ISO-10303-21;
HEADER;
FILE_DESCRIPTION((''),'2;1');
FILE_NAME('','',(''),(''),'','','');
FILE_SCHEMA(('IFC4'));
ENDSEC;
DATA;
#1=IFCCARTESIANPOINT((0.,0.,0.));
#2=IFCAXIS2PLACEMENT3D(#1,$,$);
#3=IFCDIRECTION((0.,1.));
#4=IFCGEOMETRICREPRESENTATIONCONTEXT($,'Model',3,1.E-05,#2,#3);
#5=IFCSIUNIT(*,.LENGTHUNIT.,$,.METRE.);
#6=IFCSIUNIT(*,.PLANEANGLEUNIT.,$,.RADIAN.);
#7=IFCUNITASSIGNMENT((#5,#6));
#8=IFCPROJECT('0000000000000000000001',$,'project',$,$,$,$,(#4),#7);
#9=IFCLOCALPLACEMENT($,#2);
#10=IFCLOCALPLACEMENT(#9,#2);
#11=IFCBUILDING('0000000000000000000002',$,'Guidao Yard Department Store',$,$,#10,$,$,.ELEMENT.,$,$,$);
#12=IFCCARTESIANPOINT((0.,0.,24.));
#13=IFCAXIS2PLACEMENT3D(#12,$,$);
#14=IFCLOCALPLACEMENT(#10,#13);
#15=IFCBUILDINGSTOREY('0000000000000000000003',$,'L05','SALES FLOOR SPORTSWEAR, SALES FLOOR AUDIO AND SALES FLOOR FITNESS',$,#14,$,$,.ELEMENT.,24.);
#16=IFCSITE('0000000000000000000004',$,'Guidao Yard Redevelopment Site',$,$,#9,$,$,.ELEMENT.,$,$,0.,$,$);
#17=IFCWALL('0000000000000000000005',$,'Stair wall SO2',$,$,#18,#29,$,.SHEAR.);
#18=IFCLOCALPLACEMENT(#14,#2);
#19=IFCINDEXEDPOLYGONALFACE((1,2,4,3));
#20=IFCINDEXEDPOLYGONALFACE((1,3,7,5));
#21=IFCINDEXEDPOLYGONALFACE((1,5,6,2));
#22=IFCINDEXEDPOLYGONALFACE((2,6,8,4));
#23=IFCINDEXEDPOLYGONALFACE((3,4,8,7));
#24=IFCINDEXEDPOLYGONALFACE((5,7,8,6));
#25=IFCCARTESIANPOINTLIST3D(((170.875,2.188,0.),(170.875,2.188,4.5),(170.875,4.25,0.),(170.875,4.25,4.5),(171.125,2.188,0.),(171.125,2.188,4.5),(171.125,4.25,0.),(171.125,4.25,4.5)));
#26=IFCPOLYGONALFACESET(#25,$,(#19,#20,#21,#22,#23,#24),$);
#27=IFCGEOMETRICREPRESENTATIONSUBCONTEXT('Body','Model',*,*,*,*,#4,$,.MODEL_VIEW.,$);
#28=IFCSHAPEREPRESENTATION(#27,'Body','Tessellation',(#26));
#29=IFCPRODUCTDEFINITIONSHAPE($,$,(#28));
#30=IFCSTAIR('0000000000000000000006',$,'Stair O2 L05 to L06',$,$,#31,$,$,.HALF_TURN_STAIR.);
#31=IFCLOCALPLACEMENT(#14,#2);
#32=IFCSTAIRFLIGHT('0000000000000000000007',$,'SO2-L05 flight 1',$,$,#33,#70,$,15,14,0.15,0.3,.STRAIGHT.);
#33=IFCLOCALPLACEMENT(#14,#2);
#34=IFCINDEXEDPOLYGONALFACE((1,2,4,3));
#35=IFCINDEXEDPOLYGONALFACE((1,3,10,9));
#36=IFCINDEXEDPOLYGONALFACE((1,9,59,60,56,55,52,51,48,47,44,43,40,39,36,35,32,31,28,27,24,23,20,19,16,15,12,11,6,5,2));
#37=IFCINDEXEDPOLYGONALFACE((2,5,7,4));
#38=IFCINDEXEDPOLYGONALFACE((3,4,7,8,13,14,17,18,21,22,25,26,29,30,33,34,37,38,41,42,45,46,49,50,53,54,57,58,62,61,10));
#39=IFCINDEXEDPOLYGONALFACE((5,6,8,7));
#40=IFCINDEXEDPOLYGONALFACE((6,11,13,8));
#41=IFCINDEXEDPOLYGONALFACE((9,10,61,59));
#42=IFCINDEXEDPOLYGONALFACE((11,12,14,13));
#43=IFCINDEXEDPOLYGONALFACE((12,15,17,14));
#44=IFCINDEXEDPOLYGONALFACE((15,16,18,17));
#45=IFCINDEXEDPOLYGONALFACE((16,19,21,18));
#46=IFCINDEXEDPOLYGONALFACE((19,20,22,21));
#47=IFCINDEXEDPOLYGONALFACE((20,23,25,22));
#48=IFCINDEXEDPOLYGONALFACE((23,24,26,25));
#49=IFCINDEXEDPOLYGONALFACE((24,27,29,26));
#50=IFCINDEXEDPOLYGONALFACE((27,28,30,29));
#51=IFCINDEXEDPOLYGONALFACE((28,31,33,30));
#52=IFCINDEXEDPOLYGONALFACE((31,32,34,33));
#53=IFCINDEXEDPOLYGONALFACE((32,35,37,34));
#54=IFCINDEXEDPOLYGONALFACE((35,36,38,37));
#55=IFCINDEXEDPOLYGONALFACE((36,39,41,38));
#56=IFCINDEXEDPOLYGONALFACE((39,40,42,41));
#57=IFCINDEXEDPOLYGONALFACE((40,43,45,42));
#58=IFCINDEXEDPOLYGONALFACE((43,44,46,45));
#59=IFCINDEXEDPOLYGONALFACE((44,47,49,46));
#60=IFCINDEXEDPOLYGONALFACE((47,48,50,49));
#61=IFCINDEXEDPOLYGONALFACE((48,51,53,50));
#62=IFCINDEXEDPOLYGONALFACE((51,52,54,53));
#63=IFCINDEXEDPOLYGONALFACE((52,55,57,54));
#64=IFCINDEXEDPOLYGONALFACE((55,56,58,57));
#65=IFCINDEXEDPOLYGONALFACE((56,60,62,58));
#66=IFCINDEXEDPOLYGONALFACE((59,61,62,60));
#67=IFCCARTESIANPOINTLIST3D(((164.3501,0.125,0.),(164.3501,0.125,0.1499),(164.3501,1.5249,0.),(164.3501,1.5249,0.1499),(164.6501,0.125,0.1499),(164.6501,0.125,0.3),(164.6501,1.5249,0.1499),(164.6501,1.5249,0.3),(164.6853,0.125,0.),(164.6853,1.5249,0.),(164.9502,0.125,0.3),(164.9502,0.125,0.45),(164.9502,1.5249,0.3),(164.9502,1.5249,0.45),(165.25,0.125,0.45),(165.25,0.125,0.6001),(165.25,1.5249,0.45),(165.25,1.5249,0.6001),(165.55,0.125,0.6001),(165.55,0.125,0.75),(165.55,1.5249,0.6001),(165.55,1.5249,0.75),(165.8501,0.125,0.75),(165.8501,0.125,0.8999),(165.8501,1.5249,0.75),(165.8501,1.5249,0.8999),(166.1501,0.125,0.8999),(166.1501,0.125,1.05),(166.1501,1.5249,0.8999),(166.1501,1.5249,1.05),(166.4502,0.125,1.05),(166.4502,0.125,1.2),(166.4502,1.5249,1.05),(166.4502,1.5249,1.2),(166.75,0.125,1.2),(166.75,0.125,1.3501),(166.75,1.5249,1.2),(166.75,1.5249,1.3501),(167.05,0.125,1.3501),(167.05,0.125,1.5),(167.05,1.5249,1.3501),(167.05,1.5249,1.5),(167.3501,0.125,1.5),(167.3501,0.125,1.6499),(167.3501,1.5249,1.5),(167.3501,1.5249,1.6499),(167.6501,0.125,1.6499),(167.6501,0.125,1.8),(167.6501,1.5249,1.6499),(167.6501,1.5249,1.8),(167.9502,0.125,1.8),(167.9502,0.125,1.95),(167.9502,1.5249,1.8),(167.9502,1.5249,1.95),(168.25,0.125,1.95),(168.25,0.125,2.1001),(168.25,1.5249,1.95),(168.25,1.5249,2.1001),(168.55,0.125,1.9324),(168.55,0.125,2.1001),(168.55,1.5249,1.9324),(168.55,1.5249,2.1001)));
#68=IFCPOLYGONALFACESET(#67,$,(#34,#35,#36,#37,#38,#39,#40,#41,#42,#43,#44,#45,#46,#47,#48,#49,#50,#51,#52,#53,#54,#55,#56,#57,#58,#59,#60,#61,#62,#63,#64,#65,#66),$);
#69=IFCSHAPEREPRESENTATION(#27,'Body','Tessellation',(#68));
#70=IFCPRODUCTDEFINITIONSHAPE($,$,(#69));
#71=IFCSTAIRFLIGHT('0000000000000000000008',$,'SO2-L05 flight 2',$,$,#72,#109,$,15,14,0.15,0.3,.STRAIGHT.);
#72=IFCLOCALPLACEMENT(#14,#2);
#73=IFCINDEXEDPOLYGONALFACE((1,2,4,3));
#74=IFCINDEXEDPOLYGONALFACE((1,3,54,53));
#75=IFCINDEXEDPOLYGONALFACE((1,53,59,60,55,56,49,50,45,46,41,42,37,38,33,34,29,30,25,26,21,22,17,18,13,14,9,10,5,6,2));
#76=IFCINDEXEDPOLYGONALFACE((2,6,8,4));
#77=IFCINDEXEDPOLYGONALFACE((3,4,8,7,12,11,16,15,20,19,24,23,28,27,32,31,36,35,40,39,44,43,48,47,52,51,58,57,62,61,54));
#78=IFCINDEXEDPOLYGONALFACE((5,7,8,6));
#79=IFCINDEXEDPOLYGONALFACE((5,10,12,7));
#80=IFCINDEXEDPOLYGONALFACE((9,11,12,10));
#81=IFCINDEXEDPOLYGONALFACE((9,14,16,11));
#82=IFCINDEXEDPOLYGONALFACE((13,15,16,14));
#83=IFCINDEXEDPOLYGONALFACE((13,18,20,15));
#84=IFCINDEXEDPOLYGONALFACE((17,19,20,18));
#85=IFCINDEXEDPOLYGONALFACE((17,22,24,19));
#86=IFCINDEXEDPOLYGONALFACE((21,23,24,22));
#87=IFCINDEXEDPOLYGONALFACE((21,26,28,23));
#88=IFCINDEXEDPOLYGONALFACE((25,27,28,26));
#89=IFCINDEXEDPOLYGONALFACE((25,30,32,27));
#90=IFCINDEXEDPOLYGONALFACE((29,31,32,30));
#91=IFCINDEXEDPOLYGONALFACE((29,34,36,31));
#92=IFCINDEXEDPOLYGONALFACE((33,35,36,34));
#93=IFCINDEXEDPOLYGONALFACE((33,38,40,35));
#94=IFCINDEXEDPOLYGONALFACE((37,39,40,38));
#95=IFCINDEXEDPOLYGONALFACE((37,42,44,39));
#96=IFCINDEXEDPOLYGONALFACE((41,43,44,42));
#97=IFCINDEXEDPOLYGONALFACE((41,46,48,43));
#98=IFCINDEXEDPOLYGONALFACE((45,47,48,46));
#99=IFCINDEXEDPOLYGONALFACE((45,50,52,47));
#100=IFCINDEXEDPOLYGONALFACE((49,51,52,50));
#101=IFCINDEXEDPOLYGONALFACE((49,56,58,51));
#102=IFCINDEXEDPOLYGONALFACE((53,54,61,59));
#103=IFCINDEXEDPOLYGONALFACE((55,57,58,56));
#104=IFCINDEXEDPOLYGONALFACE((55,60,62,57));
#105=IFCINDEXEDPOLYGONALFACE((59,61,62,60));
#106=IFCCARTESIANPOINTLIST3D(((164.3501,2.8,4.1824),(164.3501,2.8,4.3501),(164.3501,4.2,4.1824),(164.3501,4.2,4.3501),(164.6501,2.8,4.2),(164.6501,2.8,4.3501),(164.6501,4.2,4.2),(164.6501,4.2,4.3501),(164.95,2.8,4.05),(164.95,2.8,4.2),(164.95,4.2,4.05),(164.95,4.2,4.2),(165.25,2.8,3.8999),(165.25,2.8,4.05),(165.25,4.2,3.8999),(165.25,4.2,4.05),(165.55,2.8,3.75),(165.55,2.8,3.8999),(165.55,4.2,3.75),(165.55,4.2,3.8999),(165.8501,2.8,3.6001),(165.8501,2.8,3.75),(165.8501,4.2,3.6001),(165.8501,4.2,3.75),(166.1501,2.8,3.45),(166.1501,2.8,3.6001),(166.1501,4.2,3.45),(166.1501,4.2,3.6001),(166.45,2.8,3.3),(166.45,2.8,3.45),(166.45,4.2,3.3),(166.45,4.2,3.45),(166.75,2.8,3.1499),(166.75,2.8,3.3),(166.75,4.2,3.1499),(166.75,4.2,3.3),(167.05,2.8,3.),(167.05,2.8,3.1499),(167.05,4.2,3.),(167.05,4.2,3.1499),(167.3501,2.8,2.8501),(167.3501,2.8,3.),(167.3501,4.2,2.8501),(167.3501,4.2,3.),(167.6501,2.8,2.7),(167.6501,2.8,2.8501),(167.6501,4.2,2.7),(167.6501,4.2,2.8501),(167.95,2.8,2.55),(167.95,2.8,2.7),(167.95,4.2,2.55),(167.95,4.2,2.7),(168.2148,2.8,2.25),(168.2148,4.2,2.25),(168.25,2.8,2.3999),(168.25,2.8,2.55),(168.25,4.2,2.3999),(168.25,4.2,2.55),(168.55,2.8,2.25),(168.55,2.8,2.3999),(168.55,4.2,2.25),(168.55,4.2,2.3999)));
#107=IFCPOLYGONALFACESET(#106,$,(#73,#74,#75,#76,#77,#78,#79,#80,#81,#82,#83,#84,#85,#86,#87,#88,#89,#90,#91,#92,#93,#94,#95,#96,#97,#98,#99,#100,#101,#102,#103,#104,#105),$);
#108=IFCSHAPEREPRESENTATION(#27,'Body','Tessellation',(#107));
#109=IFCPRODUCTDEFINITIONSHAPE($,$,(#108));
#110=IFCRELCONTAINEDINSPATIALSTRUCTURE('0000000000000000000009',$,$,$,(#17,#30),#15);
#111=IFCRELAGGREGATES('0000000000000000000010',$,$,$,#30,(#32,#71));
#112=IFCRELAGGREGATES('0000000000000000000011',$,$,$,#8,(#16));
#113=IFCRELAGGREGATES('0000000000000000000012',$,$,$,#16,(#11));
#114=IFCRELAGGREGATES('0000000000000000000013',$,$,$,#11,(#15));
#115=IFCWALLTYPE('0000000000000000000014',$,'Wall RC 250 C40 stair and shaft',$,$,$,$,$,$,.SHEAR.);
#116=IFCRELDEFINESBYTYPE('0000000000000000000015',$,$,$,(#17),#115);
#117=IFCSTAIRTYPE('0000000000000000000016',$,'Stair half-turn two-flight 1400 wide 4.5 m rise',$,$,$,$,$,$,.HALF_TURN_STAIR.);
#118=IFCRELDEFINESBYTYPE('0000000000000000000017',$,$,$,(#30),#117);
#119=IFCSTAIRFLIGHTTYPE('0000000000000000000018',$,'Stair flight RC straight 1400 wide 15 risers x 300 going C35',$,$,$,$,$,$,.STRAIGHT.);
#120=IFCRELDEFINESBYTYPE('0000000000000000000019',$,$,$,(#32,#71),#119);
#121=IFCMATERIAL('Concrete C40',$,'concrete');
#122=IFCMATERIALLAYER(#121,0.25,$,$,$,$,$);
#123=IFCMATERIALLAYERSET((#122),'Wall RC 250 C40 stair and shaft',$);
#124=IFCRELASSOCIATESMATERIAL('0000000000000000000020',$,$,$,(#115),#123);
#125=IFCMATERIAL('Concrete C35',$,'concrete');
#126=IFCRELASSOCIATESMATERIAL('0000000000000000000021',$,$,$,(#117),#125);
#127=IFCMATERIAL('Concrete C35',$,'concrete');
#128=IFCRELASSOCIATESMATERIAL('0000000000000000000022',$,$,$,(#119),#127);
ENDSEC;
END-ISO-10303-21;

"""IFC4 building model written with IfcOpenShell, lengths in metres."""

from ifc_helpers import new_model, si_unit, direction, frame, frame_2d, origin, place, context, subcontext, project, spatial, polyline, rectangle, outline, extrude, material, layer, layer_set, type_object, element, aggregate, save


model = new_model("IFC4")

# Units and contexts
model_context = context("Model", 3, precision=1e-05, world=origin(), true_north=direction((0.0, 1.0)))
body_context = subcontext(model_context, "Body", "Model", "MODEL_VIEW")
ifc_project = project(units=[si_unit("LENGTHUNIT", "METRE"), si_unit("PLANEANGLEUNIT", "RADIAN")], contexts=[model_context])

# Site, building, storey
site_placement = place(None, origin())
site = spatial("IfcSite", under=ifc_project, at=site_placement, Name="Guidao Yard Redevelopment Site", CompositionType="ELEMENT", RefElevation=0.0)
building_placement = place(site_placement, origin())
building = spatial("IfcBuilding", under=site, at=building_placement, Name="Guidao Yard Department Store", CompositionType="ELEMENT")
storey_placement = place(building_placement, frame((0.0, 0.0, 24.0)))
storey = spatial("IfcBuildingStorey", under=building, at=storey_placement, Name="L05", Description="SALES FLOOR SPORTSWEAR, SALES FLOOR AUDIO AND SALES FLOOR FITNESS", CompositionType="ELEMENT", Elevation=24.0)

# Shared definitions
ifc_material_1 = material(Name="Concrete C40", Category="concrete")
ifc_layer_1 = layer(ifc_material_1, 0.25)
ifc_layer_set_1 = layer_set([ifc_layer_1], Name="Wall RC 250 C40 stair and shaft")
wall_type_1 = type_object("IfcWallType", Name="Wall RC 250 C40 stair and shaft", PredefinedType="SHEAR", material=ifc_layer_set_1)

# Wall
wall_1_placement = place(storey_placement, frame((171.0, 2.188, 0.0), z_axis=(0.0, 0.0, 1.0), x_axis=(0.0, 1.0, 0.0)))
element("IfcWall", 1, at=wall_1_placement, inside=storey, type_object=wall_type_1, Name="Stair wall SO2", PredefinedType="SHEAR", context=body_context, shape_type="SweptSolid", body=[
    extrude(rectangle(XDim=2.062, YDim=0.25, at=frame_2d((1.031, 0.0))), origin(), (0.0, 0.0, 1.0), 4.5),
])

# Stair, stair flights
ifc_material_2 = material(Name="Concrete C35", Category="concrete")
stair_type = type_object("IfcStairType", Name="Stair half-turn two-flight 1400 wide 4.5 m rise", PredefinedType="HALF_TURN_STAIR", material=ifc_material_2)
stair_placement = place(storey_placement, origin())
stair = element("IfcStair", 2, at=stair_placement, inside=storey, type_object=stair_type, Name="Stair O2 L05 to L06", PredefinedType="HALF_TURN_STAIR")
ifc_material_3 = material(Name="Concrete C35", Category="concrete")
stair_flight_type = type_object("IfcStairFlightType", Name="Stair flight RC straight 1400 wide 15 risers x 300 going C35", PredefinedType="STRAIGHT", material=ifc_material_3)
stair_flight_1_placement = place(storey_placement, frame((164.3501, 0.825, 0.0), z_axis=(0.0, 0.0, 1.0), x_axis=(1.0, 0.0, 0.0)))
stair_flight_1 = element("IfcStairFlight", 3, at=stair_flight_1_placement, type_object=stair_flight_type, Name="SO2-L05 flight 1", NumberOfRisers=15, NumberOfTreads=14, PredefinedType="STRAIGHT", RiserHeight=0.15, TreadLength=0.3, context=body_context, shape_type="SweptSolid", body=[
    extrude(outline(polyline([(0.0, 0.0), (0.0, 0.1499), (0.3, 0.1499), (0.3, 0.3), (0.6001, 0.3), (0.6001, 0.45), (0.8999, 0.45), (0.8999, 0.6001), (1.2, 0.6001), (1.2, 0.75), (1.5, 0.75), (1.5, 0.8999), (1.8, 0.8999), (1.8, 1.05), (2.1001, 1.05), (2.1001, 1.2), (2.3999, 1.2), (2.3999, 1.3501), (2.7, 1.3501), (2.7, 1.5), (3.0, 1.5), (3.0, 1.6499), (3.3, 1.6499), (3.3, 1.8), (3.6001, 1.8), (3.6001, 1.95), (3.8999, 1.95), (3.8999, 2.1001), (4.2, 2.1001), (4.2, 2.25), (4.2, 1.9324), (0.3352, 0.0), (0.0, 0.0)])), frame((0.0, 0.7, 0.0), z_axis=(0.0, -1.0, 0.0), x_axis=(1.0, 0.0, 0.0)), (0.0, 0.0, 1.0), 1.3999),
])
stair_flight_2_placement = place(storey_placement, frame((168.55, 3.5, 2.25), z_axis=(0.0, 0.0, 1.0), x_axis=(-1.0, 0.0, 0.0)))
stair_flight_2 = element("IfcStairFlight", 4, at=stair_flight_2_placement, type_object=stair_flight_type, Name="SO2-L05 flight 2", NumberOfRisers=15, NumberOfTreads=14, PredefinedType="STRAIGHT", RiserHeight=0.15, TreadLength=0.3, context=body_context, shape_type="SweptSolid", body=[
    extrude(outline(polyline([(0.0, 0.0), (0.0, 0.1499), (0.3, 0.1499), (0.3, 0.3), (0.6001, 0.3), (0.6001, 0.45), (0.8999, 0.45), (0.8999, 0.6001), (1.2, 0.6001), (1.2, 0.75), (1.5, 0.75), (1.5, 0.8999), (1.8, 0.8999), (1.8, 1.05), (2.1001, 1.05), (2.1001, 1.2), (2.3999, 1.2), (2.3999, 1.3501), (2.7, 1.3501), (2.7, 1.5), (3.0, 1.5), (3.0, 1.6499), (3.3, 1.6499), (3.3, 1.8), (3.6001, 1.8), (3.6001, 1.95), (3.8999, 1.95), (3.8999, 2.1001), (4.2, 2.1001), (4.2, 2.25), (4.2, 1.9324), (0.3352, 0.0), (0.0, 0.0)])), frame((0.0, 0.7, 0.0), z_axis=(0.0, -1.0, 0.0), x_axis=(1.0, 0.0, 0.0)), (0.0, 0.0, 1.0), 1.3999),
])
aggregate(stair, [stair_flight_1, stair_flight_2])

save(model, "model.ifc")
